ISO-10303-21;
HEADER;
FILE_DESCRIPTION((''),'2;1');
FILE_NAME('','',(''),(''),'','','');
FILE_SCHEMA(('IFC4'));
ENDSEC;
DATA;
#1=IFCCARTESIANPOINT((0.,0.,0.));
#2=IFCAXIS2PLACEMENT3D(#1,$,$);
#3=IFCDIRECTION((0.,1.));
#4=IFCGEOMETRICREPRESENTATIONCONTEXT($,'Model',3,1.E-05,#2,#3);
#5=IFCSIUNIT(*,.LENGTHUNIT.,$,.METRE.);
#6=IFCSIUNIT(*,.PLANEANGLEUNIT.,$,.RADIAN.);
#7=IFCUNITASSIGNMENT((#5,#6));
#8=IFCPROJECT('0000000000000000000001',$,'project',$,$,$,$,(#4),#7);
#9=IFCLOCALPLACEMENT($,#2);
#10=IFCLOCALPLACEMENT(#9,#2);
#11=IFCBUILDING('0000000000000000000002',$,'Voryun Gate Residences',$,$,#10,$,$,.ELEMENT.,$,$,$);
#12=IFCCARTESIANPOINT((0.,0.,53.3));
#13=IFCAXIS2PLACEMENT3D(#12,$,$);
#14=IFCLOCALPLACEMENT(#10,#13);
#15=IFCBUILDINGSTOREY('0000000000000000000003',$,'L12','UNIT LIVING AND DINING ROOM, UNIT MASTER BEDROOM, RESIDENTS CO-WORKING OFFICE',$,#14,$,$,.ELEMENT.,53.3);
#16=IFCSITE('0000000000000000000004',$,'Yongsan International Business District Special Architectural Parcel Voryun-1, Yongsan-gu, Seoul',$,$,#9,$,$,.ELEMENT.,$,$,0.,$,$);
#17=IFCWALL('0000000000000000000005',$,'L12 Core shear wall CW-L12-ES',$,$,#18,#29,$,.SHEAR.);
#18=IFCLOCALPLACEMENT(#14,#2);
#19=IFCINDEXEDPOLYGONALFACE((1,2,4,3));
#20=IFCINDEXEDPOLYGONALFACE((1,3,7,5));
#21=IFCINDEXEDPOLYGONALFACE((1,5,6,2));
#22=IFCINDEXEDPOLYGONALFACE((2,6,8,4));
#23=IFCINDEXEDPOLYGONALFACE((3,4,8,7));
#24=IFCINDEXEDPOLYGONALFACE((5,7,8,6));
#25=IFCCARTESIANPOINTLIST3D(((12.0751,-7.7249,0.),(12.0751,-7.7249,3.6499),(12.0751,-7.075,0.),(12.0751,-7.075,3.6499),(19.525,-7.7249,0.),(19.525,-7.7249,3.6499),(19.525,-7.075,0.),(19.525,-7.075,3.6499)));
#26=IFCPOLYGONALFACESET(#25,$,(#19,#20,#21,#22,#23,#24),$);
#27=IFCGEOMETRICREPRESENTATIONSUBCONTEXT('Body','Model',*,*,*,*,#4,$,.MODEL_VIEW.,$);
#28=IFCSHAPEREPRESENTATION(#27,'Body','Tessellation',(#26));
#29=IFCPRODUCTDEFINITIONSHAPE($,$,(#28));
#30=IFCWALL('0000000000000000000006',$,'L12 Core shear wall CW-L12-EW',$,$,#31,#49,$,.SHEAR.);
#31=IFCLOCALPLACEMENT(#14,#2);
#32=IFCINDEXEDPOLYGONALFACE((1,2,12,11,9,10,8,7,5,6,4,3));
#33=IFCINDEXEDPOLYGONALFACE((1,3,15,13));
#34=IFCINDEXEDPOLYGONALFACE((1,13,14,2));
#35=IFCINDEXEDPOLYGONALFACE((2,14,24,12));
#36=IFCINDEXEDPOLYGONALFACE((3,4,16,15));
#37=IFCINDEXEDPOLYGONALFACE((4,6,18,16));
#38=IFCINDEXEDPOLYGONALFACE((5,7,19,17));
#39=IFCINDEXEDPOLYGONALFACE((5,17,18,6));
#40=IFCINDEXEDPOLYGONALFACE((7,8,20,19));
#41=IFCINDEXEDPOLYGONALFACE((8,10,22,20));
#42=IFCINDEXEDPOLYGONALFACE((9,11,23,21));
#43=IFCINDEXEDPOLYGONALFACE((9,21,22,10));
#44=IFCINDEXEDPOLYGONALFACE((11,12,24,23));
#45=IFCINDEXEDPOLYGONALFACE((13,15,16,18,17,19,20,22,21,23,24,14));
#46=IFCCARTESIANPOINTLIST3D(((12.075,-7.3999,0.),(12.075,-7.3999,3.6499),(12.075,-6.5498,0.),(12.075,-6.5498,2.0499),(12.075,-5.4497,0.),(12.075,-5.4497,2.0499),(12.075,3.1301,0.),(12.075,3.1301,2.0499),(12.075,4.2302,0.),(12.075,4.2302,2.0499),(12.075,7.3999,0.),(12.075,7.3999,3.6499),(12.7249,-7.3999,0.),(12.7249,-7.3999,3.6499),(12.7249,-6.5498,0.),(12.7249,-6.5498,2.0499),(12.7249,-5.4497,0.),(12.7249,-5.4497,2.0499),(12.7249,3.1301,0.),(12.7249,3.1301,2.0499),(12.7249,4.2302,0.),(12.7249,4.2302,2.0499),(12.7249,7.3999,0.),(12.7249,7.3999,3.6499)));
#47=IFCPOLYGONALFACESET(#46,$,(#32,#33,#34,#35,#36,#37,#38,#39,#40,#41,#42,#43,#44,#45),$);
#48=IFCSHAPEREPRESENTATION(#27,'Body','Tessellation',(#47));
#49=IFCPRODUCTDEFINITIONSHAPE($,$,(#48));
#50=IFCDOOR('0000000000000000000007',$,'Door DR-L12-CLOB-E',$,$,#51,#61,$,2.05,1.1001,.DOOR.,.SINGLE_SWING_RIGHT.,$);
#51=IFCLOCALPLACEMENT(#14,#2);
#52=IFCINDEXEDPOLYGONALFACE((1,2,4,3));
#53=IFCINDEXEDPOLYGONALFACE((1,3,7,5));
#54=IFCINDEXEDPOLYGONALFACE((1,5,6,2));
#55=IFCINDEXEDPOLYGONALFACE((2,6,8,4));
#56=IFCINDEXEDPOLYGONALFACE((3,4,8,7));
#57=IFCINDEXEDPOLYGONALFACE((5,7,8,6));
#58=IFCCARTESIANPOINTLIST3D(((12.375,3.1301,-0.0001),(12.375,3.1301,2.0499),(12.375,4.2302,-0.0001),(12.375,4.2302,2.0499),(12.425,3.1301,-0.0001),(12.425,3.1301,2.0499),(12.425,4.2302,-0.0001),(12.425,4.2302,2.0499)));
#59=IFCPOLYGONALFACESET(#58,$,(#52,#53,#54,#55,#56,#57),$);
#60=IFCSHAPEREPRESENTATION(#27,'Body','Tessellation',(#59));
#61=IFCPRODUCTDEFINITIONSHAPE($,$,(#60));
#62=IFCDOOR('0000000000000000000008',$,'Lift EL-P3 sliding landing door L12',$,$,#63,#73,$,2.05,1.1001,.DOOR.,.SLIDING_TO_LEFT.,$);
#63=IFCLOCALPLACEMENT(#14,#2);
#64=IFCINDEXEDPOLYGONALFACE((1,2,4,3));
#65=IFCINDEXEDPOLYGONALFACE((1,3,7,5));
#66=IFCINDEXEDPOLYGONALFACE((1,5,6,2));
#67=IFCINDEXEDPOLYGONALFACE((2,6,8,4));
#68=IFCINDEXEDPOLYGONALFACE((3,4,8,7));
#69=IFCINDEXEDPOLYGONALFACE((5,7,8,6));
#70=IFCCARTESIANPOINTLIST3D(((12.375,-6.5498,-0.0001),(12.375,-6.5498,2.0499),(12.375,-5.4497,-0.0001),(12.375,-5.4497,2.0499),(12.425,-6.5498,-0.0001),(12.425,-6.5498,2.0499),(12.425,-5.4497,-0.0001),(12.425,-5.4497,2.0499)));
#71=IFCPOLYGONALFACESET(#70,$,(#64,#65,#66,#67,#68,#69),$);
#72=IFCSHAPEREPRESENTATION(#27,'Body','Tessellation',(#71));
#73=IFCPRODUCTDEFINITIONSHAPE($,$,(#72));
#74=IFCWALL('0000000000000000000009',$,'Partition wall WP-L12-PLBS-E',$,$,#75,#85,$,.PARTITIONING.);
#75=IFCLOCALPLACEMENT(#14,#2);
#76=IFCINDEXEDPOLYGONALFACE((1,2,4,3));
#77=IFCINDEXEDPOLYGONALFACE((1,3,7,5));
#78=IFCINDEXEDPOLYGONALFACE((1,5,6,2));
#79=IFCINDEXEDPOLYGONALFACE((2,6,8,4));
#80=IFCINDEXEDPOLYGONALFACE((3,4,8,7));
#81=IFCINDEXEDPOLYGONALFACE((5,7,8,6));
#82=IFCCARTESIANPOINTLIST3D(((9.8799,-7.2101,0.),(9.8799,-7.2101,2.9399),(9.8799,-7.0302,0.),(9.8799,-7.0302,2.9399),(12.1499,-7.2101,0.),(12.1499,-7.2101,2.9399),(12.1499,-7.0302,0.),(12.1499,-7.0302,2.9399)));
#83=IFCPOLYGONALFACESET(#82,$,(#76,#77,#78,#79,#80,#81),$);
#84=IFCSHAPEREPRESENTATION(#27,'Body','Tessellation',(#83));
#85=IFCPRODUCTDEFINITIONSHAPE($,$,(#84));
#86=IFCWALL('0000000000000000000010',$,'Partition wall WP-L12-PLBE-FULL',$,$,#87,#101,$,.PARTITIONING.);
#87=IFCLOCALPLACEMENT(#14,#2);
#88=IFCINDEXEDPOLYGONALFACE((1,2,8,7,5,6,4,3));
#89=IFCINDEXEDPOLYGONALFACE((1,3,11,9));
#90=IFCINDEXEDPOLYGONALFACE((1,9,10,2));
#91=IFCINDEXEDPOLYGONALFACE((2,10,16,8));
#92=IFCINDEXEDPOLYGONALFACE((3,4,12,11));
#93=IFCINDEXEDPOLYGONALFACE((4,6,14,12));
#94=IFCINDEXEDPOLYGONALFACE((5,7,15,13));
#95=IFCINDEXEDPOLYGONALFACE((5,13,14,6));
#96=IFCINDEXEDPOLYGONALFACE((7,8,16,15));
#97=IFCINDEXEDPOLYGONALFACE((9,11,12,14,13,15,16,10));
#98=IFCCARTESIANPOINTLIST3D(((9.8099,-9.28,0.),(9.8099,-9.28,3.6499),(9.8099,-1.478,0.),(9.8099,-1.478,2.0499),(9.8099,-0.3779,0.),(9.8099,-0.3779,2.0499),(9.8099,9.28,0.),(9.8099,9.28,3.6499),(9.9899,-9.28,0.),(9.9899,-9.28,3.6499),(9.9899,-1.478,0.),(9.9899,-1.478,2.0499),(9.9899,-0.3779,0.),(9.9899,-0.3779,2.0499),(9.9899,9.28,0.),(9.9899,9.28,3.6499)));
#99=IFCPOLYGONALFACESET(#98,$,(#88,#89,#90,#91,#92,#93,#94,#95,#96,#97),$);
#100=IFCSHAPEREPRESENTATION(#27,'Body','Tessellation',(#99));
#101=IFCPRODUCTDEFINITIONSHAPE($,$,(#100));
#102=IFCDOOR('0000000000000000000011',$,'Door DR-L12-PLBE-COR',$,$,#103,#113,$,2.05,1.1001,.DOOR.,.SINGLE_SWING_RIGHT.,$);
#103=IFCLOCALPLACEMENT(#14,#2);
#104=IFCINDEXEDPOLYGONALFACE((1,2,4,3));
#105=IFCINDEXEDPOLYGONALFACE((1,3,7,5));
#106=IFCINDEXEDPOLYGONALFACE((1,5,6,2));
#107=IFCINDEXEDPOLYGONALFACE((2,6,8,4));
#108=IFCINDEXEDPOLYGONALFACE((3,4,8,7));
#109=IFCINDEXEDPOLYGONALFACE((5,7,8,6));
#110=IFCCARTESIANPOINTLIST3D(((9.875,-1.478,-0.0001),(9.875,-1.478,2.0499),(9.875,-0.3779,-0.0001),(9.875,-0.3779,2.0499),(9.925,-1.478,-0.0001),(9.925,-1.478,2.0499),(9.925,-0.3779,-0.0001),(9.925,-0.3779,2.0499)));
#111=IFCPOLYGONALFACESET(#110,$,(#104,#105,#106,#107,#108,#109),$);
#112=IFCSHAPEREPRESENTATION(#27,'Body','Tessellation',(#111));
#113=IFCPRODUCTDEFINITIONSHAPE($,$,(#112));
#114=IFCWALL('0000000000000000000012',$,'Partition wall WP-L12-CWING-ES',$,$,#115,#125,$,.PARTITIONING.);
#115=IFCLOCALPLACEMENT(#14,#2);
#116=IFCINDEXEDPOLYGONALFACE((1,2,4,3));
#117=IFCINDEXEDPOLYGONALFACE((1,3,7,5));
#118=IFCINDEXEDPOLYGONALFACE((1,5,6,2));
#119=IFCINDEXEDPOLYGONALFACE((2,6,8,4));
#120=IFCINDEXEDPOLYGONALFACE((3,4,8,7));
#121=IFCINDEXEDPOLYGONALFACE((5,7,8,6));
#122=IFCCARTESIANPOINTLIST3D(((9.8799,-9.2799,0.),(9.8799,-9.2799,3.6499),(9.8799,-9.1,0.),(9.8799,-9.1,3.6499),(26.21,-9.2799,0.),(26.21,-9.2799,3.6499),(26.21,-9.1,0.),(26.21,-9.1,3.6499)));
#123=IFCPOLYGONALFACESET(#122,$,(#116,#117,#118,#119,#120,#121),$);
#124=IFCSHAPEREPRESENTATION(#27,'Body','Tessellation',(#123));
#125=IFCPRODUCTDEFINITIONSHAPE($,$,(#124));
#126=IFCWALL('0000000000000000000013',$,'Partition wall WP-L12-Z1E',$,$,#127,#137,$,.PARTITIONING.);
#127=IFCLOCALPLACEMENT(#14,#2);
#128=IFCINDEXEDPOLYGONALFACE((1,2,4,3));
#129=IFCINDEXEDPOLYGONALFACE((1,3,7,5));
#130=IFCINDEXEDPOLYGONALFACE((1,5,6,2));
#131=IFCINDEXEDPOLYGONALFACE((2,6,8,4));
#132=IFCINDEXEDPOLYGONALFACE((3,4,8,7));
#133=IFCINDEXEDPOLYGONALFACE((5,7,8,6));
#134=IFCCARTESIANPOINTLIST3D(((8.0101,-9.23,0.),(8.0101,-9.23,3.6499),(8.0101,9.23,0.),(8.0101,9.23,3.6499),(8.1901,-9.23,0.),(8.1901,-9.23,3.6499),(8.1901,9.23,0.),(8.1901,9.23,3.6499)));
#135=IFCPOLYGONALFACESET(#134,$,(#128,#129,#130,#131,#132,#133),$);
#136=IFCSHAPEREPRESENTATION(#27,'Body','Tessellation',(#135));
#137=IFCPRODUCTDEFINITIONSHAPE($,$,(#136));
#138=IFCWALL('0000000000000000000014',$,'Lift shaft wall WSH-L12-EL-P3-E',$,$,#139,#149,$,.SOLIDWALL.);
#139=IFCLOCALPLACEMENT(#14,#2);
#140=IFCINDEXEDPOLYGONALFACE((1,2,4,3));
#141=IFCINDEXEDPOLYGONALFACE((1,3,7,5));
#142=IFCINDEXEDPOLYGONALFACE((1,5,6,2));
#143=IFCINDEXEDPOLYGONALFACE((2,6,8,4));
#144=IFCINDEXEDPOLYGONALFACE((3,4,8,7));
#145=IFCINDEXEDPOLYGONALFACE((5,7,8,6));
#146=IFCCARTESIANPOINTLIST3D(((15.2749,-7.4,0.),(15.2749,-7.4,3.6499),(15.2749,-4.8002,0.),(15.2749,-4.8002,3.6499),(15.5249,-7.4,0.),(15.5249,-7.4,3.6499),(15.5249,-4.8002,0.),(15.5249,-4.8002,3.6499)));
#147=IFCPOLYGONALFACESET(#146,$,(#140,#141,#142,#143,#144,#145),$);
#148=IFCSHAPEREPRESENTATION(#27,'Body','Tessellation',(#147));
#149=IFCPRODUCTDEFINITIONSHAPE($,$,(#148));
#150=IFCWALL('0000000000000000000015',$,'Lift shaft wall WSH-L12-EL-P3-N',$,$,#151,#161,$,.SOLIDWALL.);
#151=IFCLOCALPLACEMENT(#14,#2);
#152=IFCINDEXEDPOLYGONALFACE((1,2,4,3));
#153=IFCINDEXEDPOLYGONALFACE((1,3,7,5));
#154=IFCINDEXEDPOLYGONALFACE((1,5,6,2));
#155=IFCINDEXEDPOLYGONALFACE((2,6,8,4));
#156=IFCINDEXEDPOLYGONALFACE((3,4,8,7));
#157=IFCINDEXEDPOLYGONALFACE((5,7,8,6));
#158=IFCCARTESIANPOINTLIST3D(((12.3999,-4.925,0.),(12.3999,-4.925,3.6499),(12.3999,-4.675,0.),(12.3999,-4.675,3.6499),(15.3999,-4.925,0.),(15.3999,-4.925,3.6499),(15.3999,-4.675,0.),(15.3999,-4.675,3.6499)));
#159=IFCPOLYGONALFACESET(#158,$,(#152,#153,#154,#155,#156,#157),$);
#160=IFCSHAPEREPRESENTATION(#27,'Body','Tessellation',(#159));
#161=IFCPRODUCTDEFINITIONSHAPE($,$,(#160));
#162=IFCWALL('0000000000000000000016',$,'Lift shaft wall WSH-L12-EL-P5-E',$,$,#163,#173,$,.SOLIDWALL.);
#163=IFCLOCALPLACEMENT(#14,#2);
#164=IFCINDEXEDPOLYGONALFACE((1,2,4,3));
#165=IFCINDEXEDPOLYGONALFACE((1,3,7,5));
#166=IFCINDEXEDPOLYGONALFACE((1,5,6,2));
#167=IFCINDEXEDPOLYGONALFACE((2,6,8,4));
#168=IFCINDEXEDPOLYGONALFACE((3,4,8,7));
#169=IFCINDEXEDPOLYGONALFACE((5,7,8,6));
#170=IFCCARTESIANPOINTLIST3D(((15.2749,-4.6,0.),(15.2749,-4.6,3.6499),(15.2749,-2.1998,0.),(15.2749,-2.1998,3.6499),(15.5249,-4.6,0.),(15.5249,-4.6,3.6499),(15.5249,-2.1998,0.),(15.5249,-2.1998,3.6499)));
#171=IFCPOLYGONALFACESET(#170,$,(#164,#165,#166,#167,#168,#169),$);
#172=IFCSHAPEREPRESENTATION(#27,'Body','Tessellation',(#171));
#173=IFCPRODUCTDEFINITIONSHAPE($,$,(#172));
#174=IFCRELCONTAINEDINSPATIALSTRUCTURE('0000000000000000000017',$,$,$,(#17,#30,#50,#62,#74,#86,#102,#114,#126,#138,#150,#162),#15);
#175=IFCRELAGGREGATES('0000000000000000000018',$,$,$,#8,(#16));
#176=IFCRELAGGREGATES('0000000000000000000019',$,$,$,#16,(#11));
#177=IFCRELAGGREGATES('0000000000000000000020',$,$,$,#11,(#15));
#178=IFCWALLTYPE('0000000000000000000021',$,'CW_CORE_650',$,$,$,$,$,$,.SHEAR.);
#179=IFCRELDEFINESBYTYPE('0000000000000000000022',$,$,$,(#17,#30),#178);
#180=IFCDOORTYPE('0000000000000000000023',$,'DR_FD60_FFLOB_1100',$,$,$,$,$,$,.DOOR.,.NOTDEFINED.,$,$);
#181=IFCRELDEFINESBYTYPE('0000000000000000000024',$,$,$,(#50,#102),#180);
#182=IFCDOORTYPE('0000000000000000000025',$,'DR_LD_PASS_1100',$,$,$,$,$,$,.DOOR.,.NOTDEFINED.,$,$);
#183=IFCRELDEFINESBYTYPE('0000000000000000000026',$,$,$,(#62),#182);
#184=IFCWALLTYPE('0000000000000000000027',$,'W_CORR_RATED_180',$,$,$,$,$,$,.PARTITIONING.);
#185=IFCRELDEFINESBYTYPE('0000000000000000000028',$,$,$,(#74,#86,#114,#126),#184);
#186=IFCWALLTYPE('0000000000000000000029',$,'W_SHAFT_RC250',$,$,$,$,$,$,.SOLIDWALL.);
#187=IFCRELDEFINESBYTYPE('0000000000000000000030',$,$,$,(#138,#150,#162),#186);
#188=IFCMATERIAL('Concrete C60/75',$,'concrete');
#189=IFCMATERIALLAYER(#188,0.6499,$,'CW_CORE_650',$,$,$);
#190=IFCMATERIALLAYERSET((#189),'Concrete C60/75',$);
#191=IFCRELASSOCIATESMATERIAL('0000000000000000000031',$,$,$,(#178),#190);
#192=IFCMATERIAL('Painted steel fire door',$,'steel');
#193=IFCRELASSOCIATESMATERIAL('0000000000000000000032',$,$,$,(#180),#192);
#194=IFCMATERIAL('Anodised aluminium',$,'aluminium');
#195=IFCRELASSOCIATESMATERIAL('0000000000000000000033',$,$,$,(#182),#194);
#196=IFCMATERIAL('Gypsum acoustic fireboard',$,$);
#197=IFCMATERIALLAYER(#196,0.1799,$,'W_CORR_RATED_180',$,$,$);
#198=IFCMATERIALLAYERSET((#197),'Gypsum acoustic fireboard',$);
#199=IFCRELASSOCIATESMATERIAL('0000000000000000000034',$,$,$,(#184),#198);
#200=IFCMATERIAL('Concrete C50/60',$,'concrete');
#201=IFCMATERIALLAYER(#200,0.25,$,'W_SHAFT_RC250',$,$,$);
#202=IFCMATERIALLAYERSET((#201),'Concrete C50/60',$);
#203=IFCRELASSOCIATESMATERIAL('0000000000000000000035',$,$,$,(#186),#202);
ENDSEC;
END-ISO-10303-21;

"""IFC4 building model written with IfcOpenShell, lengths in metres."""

from ifc_helpers import new_model, si_unit, direction, frame, frame_2d, origin, place, context, subcontext, project, spatial, rectangle, extrude, material, layer, layer_set, type_object, element, fill, save


model = new_model("IFC4")

# Units and contexts
model_context = context("Model", 3, precision=1e-05, world=origin(), true_north=direction((0.0, 1.0)))
body_context = subcontext(model_context, "Body", "Model", "MODEL_VIEW")
ifc_project = project(units=[si_unit("LENGTHUNIT", "METRE"), si_unit("PLANEANGLEUNIT", "RADIAN")], contexts=[model_context])

# Site, building, storey
site_placement = place(None, origin())
site = spatial("IfcSite", under=ifc_project, at=site_placement, Name="Yongsan International Business District Special Architectural Parcel Voryun-1, Yongsan-gu, Seoul", CompositionType="ELEMENT", RefElevation=0.0)
building_placement = place(site_placement, origin())
building = spatial("IfcBuilding", under=site, at=building_placement, Name="Voryun Gate Residences", CompositionType="ELEMENT")
storey_placement = place(building_placement, frame((0.0, 0.0, 53.3)))
storey = spatial("IfcBuildingStorey", under=building, at=storey_placement, Name="L12", Description="UNIT LIVING AND DINING ROOM, UNIT MASTER BEDROOM, RESIDENTS CO-WORKING OFFICE", CompositionType="ELEMENT", Elevation=53.3)

# Wall
ifc_material_1 = material(Name="Concrete C60/75", Category="concrete")
ifc_layer_1 = layer(ifc_material_1, 0.6499, Name="CW_CORE_650")
ifc_layer_set_1 = layer_set([ifc_layer_1], Name="Concrete C60/75")
wall_type_1 = type_object("IfcWallType", Name="CW_CORE_650", PredefinedType="SHEAR", material=ifc_layer_set_1)
wall_1_placement = place(storey_placement, frame((12.075, -7.3999, 0.0), z_axis=(0.0, 0.0, 1.0), x_axis=(1.0, 0.0, 0.0)))
element("IfcWall", 1, at=wall_1_placement, inside=storey, type_object=wall_type_1, Name="L12 Core shear wall CW-L12-ES", PredefinedType="SHEAR", context=body_context, shape_type="SweptSolid", body=[
    extrude(rectangle(XDim=7.45, YDim=0.6499, at=frame_2d((3.7251, 0.0))), origin(), (0.0, 0.0, 1.0), 3.6499),
])

# Wall, openings, doors
wall_2_placement = place(storey_placement, frame((12.3999, -7.3999, 0.0), z_axis=(0.0, 0.0, 1.0), x_axis=(0.0, 1.0, 0.0)))
wall_2 = element("IfcWall", 2, at=wall_2_placement, inside=storey, type_object=wall_type_1, Name="L12 Core shear wall CW-L12-EW", PredefinedType="SHEAR", context=body_context, shape_type="SweptSolid", body=[
    extrude(rectangle(XDim=14.7998, YDim=0.6499, at=frame_2d((7.3999, 0.0))), origin(), (0.0, 0.0, 1.0), 3.6499),
])
opening_1_placement = place(wall_2_placement, frame((0.8501, 0.0, 0.0)))
opening_1 = element("IfcOpeningElement", 3, at=opening_1_placement, cuts=wall_2, PredefinedType="OPENING", context=body_context, shape_type="SweptSolid", body=[
    extrude(rectangle(XDim=1.1001, YDim=2.05, at=frame_2d((0.55, 1.0249))), frame((0.0, 0.335, 0.0), z_axis=(0.0, -1.0, 0.0), x_axis=(1.0, 0.0, 0.0)), (0.0, 0.0, 1.0), 0.6699),
])
opening_2_placement = place(wall_2_placement, frame((10.53, 0.0, 0.0)))
opening_2 = element("IfcOpeningElement", 4, at=opening_2_placement, cuts=wall_2, PredefinedType="OPENING", context=body_context, shape_type="SweptSolid", body=[
    extrude(rectangle(XDim=1.1001, YDim=2.05, at=frame_2d((0.55, 1.0249))), frame((0.0, 0.335, 0.0), z_axis=(0.0, -1.0, 0.0), x_axis=(1.0, 0.0, 0.0)), (0.0, 0.0, 1.0), 0.6699),
])
ifc_material_2 = material(Name="Painted steel fire door", Category="steel")
door_type_1 = type_object("IfcDoorType", Name="DR_FD60_FFLOB_1100", OperationType="NOTDEFINED", PredefinedType="DOOR", material=ifc_material_2)
door_1_placement = place(opening_2_placement, origin())
door_1 = element("IfcDoor", 5, at=door_1_placement, inside=storey, type_object=door_type_1, Name="Door DR-L12-CLOB-E", OperationType="SINGLE_SWING_RIGHT", OverallHeight=2.05, OverallWidth=1.1001, PredefinedType="DOOR", context=body_context, shape_type="SweptSolid", body=[
    extrude(rectangle(XDim=1.1001, YDim=2.05, at=frame_2d((0.55, 1.0249))), frame((0.0, 0.0249, 0.0), z_axis=(0.0, -1.0, 0.0), x_axis=(1.0, 0.0, 0.0)), (0.0, 0.0, 1.0), 0.05),
])
fill(opening_2, door_1)
ifc_material_3 = material(Name="Anodised aluminium", Category="aluminium")
door_type_2 = type_object("IfcDoorType", Name="DR_LD_PASS_1100", OperationType="NOTDEFINED", PredefinedType="DOOR", material=ifc_material_3)
door_2_placement = place(opening_1_placement, origin())
door_2 = element("IfcDoor", 6, at=door_2_placement, inside=storey, type_object=door_type_2, Name="Lift EL-P3 sliding landing door L12", OperationType="SLIDING_TO_LEFT", OverallHeight=2.05, OverallWidth=1.1001, PredefinedType="DOOR", context=body_context, shape_type="SweptSolid", body=[
    extrude(rectangle(XDim=1.1001, YDim=2.05, at=frame_2d((0.55, 1.0249))), frame((0.0, 0.0249, 0.0), z_axis=(0.0, -1.0, 0.0), x_axis=(1.0, 0.0, 0.0)), (0.0, 0.0, 1.0), 0.05),
])
fill(opening_1, door_2)

# Wall
ifc_material_4 = material(Name="Gypsum acoustic fireboard")
ifc_layer_2 = layer(ifc_material_4, 0.1799, Name="W_CORR_RATED_180")
ifc_layer_set_2 = layer_set([ifc_layer_2], Name="Gypsum acoustic fireboard")
wall_type_2 = type_object("IfcWallType", Name="W_CORR_RATED_180", PredefinedType="PARTITIONING", material=ifc_layer_set_2)
wall_3_placement = place(storey_placement, frame((9.8799, -7.1201, 0.0), z_axis=(0.0, 0.0, 1.0), x_axis=(1.0, 0.0, 0.0)))
element("IfcWall", 7, at=wall_3_placement, inside=storey, type_object=wall_type_2, Name="Partition wall WP-L12-PLBS-E", PredefinedType="PARTITIONING", context=body_context, shape_type="SweptSolid", body=[
    extrude(rectangle(XDim=2.27, YDim=0.1799, at=frame_2d((1.135, 0.0))), origin(), (0.0, 0.0, 1.0), 2.9399),
])

# Wall, opening, door
wall_4_placement = place(storey_placement, frame((9.8999, -9.28, 0.0), z_axis=(0.0, 0.0, 1.0), x_axis=(0.0, 1.0, 0.0)))
wall_4 = element("IfcWall", 8, at=wall_4_placement, inside=storey, type_object=wall_type_2, Name="Partition wall WP-L12-PLBE-FULL", PredefinedType="PARTITIONING", context=body_context, shape_type="SweptSolid", body=[
    extrude(rectangle(XDim=18.5601, YDim=0.1799, at=frame_2d((9.28, 0.0))), origin(), (0.0, 0.0, 1.0), 3.6499),
])
opening_3_placement = place(wall_4_placement, frame((7.802, 0.0, 0.0)))
opening_3 = element("IfcOpeningElement", 9, at=opening_3_placement, cuts=wall_4, PredefinedType="OPENING", context=body_context, shape_type="SweptSolid", body=[
    extrude(rectangle(XDim=1.1001, YDim=2.05, at=frame_2d((0.55, 1.0249))), frame((0.0, 0.0999, 0.0), z_axis=(0.0, -1.0, 0.0), x_axis=(1.0, 0.0, 0.0)), (0.0, 0.0, 1.0), 0.2),
])
door_3_placement = place(opening_3_placement, origin())
door_3 = element("IfcDoor", 10, at=door_3_placement, inside=storey, type_object=door_type_1, Name="Door DR-L12-PLBE-COR", OperationType="SINGLE_SWING_RIGHT", OverallHeight=2.05, OverallWidth=1.1001, PredefinedType="DOOR", context=body_context, shape_type="SweptSolid", body=[
    extrude(rectangle(XDim=1.1001, YDim=2.05, at=frame_2d((0.55, 1.0249))), frame((0.0, 0.0249, 0.0), z_axis=(0.0, -1.0, 0.0), x_axis=(1.0, 0.0, 0.0)), (0.0, 0.0, 1.0), 0.05),
])
fill(opening_3, door_3)

# Walls
wall_5_placement = place(storey_placement, frame((9.8799, -9.1899, 0.0), z_axis=(0.0, 0.0, 1.0), x_axis=(1.0, 0.0, 0.0)))
element("IfcWall", 11, at=wall_5_placement, inside=storey, type_object=wall_type_2, Name="Partition wall WP-L12-CWING-ES", PredefinedType="PARTITIONING", context=body_context, shape_type="SweptSolid", body=[
    extrude(rectangle(XDim=16.3301, YDim=0.1799, at=frame_2d((8.165, 0.0))), origin(), (0.0, 0.0, 1.0), 3.6499),
])
wall_6_placement = place(storey_placement, frame((8.1001, -9.23, 0.0), z_axis=(0.0, 0.0, 1.0), x_axis=(0.0, 1.0, 0.0)))
element("IfcWall", 12, at=wall_6_placement, inside=storey, type_object=wall_type_2, Name="Partition wall WP-L12-Z1E", PredefinedType="PARTITIONING", context=body_context, shape_type="SweptSolid", body=[
    extrude(rectangle(XDim=18.46, YDim=0.1799, at=frame_2d((9.23, 0.0))), origin(), (0.0, 0.0, 1.0), 3.6499),
])
ifc_material_5 = material(Name="Concrete C50/60", Category="concrete")
ifc_layer_3 = layer(ifc_material_5, 0.25, Name="W_SHAFT_RC250")
ifc_layer_set_3 = layer_set([ifc_layer_3], Name="Concrete C50/60")
wall_type_3 = type_object("IfcWallType", Name="W_SHAFT_RC250", PredefinedType="SOLIDWALL", material=ifc_layer_set_3)
wall_7_placement = place(storey_placement, frame((15.3999, -7.3999, 0.0), z_axis=(0.0, 0.0, 1.0), x_axis=(0.0, 1.0, 0.0)))
element("IfcWall", 13, at=wall_7_placement, inside=storey, type_object=wall_type_3, Name="Lift shaft wall WSH-L12-EL-P3-E", PredefinedType="SOLIDWALL", context=body_context, shape_type="SweptSolid", body=[
    extrude(rectangle(XDim=2.5999, YDim=0.25, at=frame_2d((1.2998, 0.0))), origin(), (0.0, 0.0, 1.0), 3.6499),
])
wall_8_placement = place(storey_placement, frame((15.3999, -4.8, 0.0), z_axis=(0.0, 0.0, 1.0), x_axis=(-1.0, 0.0, 0.0)))
element("IfcWall", 14, at=wall_8_placement, inside=storey, type_object=wall_type_3, Name="Lift shaft wall WSH-L12-EL-P3-N", PredefinedType="SOLIDWALL", context=body_context, shape_type="SweptSolid", body=[
    extrude(rectangle(XDim=3.0, YDim=0.25, at=frame_2d((1.5, 0.0))), origin(), (0.0, 0.0, 1.0), 3.6499),
])
wall_9_placement = place(storey_placement, frame((15.3999, -4.6001, 0.0), z_axis=(0.0, 0.0, 1.0), x_axis=(0.0, 1.0, 0.0)))
element("IfcWall", 15, at=wall_9_placement, inside=storey, type_object=wall_type_3, Name="Lift shaft wall WSH-L12-EL-P5-E", PredefinedType="SOLIDWALL", context=body_context, shape_type="SweptSolid", body=[
    extrude(rectangle(XDim=2.4001, YDim=0.25, at=frame_2d((1.2002, 0.0))), origin(), (0.0, 0.0, 1.0), 3.6499),
])

save(model, "model.ifc")
